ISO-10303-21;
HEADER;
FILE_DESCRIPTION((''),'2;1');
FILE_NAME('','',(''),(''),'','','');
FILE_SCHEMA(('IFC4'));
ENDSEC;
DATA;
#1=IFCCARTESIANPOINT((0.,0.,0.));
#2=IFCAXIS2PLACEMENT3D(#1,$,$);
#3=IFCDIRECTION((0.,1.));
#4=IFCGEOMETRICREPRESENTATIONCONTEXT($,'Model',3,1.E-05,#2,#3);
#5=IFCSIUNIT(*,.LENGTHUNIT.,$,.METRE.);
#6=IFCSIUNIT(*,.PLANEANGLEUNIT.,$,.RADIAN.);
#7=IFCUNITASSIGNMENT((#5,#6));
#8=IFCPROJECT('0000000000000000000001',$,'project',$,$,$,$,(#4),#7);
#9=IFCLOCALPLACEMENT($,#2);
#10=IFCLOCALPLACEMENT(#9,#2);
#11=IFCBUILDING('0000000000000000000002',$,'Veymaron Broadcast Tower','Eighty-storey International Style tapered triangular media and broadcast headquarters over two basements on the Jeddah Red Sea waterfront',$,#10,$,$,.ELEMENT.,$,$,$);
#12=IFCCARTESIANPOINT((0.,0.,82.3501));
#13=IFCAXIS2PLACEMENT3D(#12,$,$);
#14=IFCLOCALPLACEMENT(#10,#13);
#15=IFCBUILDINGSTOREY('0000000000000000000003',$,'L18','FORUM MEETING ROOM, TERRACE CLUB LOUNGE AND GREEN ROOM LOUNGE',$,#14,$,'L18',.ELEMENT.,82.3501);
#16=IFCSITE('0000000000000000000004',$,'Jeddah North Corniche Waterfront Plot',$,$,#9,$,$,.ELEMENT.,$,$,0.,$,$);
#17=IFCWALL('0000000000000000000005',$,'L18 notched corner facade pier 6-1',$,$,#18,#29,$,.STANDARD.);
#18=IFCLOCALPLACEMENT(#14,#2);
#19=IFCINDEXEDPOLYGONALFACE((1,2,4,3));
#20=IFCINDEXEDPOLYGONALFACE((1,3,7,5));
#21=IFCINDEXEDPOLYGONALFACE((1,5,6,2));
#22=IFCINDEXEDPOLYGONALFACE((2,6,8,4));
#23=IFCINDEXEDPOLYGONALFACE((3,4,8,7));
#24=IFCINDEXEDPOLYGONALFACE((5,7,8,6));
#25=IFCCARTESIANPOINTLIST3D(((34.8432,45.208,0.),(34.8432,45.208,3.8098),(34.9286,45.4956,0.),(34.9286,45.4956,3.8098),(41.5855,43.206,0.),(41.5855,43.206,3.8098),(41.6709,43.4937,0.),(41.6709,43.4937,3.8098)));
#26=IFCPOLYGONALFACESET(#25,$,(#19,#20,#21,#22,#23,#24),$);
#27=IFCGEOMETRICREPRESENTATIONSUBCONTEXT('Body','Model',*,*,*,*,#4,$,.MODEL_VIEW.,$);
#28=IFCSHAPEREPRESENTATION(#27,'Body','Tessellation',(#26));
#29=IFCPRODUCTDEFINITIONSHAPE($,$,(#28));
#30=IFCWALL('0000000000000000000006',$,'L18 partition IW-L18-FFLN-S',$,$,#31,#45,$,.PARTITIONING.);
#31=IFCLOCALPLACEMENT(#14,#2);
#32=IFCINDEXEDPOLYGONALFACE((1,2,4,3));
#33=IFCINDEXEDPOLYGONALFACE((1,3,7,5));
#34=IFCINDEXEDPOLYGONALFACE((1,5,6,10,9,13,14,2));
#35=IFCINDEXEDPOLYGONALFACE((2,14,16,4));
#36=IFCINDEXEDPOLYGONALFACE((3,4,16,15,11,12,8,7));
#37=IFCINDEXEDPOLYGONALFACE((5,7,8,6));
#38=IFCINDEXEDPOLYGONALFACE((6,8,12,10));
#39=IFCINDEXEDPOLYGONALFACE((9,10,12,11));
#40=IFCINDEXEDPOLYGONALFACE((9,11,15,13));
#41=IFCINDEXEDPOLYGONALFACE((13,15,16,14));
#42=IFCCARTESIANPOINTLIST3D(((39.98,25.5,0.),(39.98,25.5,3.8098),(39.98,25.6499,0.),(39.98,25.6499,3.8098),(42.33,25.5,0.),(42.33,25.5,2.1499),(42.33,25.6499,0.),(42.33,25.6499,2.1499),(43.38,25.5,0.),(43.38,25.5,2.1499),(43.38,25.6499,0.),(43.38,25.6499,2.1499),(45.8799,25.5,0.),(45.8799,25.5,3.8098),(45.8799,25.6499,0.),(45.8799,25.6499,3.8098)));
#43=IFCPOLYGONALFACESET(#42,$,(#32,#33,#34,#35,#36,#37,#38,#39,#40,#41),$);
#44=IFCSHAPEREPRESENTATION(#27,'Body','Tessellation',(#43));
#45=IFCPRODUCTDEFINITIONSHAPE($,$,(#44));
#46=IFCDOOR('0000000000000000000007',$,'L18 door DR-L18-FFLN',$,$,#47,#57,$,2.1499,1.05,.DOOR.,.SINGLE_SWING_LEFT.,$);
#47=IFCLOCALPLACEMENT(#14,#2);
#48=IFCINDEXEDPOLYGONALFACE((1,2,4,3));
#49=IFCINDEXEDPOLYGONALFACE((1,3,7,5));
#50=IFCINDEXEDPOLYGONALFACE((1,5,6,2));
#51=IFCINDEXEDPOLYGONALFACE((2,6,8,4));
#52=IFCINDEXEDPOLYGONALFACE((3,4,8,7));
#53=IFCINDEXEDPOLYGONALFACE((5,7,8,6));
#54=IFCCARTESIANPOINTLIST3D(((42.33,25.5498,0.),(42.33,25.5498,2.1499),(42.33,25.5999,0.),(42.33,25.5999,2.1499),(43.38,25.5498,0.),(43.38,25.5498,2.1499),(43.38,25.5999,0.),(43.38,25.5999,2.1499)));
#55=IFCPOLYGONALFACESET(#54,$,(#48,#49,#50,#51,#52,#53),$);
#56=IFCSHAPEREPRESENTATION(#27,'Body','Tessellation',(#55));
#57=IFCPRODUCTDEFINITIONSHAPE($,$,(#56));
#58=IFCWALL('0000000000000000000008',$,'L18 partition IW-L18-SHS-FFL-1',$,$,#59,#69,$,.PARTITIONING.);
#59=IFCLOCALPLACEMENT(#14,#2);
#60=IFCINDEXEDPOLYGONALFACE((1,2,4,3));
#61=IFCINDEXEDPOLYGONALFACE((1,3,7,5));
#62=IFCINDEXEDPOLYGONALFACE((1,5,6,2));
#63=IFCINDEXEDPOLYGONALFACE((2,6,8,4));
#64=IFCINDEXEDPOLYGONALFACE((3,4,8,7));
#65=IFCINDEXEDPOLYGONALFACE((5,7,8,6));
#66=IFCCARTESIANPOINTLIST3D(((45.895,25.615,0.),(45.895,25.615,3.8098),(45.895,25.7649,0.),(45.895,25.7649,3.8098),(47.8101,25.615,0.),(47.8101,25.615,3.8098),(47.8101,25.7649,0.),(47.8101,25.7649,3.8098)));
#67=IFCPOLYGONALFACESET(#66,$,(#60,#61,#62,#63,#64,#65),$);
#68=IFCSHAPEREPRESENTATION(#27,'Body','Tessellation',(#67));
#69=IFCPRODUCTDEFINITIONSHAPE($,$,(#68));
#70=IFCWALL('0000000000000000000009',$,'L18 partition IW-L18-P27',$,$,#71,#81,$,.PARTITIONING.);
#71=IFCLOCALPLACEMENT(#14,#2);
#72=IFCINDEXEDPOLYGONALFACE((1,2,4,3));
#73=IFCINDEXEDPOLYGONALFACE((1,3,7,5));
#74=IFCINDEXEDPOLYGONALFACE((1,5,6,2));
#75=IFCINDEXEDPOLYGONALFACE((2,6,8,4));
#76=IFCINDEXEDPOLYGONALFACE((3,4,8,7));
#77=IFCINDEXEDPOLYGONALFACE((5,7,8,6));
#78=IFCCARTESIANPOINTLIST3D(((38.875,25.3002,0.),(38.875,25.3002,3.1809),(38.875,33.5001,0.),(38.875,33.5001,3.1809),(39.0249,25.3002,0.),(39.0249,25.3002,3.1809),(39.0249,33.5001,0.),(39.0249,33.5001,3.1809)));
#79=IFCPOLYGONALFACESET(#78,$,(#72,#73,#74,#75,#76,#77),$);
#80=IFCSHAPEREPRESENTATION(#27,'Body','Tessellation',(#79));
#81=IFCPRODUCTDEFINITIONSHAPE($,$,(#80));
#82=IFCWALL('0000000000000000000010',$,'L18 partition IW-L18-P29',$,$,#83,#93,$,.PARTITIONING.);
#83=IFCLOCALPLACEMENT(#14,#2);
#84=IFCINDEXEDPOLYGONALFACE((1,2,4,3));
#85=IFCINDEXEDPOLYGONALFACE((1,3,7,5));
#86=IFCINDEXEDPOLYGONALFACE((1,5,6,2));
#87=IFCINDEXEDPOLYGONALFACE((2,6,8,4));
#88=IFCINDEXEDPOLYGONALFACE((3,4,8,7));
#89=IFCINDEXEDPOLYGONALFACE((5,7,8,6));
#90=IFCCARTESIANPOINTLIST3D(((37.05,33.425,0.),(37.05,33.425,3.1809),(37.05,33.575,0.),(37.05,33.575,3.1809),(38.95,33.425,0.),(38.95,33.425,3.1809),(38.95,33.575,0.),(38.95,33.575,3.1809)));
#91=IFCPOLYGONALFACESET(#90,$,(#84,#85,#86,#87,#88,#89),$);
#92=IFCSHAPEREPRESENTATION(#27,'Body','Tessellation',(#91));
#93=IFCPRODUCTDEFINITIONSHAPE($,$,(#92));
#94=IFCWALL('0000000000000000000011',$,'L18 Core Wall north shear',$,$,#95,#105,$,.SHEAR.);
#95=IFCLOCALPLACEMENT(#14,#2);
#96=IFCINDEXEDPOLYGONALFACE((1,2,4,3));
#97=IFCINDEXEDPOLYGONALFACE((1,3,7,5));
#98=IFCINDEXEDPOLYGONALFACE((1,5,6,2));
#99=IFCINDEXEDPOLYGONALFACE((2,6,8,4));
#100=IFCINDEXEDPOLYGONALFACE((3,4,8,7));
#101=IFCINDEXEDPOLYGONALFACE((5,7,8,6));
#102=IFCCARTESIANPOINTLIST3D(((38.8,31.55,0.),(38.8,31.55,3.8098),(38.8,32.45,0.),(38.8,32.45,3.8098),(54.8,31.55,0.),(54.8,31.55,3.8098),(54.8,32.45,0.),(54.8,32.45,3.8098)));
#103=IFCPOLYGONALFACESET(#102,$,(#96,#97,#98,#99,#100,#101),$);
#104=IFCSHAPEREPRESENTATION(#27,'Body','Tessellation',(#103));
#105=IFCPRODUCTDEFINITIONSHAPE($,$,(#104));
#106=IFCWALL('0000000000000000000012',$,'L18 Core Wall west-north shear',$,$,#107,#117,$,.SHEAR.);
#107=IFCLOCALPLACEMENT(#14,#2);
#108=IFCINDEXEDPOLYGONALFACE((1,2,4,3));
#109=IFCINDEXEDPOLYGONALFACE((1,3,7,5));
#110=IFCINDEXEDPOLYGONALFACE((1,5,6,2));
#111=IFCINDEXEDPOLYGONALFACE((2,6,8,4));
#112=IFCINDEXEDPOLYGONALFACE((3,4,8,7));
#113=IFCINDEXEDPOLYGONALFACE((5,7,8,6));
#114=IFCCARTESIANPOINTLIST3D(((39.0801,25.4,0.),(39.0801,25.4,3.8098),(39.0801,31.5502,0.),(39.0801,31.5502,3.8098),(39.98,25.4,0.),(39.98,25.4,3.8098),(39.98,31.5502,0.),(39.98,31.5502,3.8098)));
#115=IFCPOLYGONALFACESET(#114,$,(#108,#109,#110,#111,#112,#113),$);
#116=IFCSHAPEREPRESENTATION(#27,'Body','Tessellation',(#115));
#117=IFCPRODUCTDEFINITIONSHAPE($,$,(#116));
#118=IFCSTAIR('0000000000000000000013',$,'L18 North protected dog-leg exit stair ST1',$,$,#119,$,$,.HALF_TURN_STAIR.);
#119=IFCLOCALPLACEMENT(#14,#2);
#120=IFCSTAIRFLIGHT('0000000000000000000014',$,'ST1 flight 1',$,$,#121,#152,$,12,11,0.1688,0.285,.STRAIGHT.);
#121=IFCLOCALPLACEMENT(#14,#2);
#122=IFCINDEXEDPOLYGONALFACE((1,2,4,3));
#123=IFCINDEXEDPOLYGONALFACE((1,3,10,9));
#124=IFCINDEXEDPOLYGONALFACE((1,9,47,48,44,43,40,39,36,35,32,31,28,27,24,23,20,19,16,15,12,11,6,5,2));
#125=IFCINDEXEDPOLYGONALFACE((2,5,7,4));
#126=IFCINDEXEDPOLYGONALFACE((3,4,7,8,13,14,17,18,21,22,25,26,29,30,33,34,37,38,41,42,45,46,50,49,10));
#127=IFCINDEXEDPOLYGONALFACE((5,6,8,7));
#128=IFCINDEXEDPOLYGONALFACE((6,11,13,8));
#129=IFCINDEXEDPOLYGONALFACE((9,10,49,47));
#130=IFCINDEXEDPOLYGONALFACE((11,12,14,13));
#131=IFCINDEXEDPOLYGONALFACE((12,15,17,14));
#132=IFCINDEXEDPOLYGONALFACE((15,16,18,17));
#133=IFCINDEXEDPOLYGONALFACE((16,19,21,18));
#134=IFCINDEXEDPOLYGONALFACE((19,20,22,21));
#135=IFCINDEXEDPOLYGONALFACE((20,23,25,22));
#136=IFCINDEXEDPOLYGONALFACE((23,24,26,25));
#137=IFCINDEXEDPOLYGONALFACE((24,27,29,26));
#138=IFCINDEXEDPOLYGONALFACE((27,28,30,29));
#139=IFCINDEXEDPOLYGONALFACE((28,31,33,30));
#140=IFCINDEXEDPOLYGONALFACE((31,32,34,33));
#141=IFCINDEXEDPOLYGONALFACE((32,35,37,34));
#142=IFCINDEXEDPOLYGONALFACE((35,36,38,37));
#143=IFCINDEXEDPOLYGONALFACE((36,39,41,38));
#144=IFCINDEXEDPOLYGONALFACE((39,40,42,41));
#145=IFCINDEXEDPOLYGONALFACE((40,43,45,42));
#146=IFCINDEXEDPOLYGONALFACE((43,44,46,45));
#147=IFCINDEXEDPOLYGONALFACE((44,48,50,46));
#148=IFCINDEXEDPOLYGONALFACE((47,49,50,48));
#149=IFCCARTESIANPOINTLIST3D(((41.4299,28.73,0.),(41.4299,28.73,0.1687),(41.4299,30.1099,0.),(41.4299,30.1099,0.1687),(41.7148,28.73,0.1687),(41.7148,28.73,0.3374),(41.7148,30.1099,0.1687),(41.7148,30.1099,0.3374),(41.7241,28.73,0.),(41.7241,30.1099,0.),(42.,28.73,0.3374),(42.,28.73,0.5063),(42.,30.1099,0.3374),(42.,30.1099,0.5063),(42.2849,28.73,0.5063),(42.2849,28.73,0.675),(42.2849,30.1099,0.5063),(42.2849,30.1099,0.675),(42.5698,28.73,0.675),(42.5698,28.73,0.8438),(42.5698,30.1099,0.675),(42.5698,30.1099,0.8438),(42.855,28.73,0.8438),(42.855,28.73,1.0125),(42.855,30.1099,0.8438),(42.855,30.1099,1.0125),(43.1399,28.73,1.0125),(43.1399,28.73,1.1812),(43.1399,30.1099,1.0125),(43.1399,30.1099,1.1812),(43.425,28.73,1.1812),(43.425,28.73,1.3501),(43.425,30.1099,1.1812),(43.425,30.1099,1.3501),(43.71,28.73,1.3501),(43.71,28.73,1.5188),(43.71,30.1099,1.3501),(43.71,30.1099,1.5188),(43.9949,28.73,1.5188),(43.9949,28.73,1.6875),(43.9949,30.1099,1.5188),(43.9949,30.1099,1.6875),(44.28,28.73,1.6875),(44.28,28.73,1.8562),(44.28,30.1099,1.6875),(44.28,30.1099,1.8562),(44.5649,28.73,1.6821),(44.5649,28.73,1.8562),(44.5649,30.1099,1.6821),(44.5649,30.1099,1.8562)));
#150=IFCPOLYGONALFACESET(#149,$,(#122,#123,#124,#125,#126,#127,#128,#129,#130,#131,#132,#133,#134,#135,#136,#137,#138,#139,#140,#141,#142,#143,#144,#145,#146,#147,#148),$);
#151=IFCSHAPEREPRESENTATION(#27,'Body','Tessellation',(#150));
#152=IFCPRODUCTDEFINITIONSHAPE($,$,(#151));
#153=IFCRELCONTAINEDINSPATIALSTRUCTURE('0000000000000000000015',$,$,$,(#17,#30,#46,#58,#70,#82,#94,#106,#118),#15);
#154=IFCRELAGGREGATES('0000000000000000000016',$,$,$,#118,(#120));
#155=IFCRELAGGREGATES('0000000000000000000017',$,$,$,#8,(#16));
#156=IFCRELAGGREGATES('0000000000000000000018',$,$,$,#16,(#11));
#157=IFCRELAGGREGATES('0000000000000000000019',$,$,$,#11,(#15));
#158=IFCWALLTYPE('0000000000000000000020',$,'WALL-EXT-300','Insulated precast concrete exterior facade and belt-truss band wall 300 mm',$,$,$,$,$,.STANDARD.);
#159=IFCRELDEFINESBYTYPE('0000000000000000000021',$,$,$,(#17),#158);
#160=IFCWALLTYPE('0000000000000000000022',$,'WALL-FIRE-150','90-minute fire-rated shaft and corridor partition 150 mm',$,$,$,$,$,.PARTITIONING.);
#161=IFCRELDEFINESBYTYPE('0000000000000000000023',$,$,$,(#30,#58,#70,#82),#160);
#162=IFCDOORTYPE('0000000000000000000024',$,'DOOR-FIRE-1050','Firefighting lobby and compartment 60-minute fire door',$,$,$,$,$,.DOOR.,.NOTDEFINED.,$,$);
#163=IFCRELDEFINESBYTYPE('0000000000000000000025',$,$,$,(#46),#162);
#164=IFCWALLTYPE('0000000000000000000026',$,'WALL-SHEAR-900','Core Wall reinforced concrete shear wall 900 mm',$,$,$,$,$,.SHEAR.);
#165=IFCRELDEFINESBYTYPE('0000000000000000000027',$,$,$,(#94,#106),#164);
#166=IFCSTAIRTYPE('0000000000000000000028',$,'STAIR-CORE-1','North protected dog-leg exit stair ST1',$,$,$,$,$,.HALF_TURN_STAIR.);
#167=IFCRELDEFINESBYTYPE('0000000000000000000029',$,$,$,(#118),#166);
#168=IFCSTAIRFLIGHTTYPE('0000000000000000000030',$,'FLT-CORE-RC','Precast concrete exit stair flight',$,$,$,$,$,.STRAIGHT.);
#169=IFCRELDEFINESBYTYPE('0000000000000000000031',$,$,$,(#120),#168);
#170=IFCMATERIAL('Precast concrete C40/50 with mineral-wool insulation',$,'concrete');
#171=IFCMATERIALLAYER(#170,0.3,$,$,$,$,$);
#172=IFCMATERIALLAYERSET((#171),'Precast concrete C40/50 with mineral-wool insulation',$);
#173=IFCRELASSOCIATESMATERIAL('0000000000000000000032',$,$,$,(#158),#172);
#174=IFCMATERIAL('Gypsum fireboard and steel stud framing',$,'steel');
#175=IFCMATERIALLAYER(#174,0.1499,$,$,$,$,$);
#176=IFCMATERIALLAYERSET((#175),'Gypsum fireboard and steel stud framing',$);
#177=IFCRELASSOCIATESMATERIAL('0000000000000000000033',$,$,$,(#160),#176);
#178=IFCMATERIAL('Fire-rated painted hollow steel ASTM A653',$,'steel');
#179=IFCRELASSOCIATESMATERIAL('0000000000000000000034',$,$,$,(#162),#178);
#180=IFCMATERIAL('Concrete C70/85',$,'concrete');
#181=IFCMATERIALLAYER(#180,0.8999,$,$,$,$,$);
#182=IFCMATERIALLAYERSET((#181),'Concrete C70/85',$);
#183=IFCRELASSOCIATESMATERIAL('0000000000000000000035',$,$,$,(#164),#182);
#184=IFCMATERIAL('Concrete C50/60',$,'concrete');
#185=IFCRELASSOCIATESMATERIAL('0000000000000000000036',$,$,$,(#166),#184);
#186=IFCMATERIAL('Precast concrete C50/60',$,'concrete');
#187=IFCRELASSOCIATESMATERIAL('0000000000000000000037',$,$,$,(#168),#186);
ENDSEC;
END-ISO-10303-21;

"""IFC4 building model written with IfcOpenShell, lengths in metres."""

from ifc_helpers import new_model, si_unit, direction, frame, frame_2d, origin, place, context, subcontext, project, spatial, polyline, rectangle, outline, extrude, material, layer, layer_set, type_object, element, fill, aggregate, save


model = new_model("IFC4")

# Units and contexts
model_context = context("Model", 3, precision=1e-05, world=origin(), true_north=direction((0.0, 1.0)))
body_context = subcontext(model_context, "Body", "Model", "MODEL_VIEW")
ifc_project = project(units=[si_unit("LENGTHUNIT", "METRE"), si_unit("PLANEANGLEUNIT", "RADIAN")], contexts=[model_context])

# Site, building, storey
site_placement = place(None, origin())
site = spatial("IfcSite", under=ifc_project, at=site_placement, Name="Jeddah North Corniche Waterfront Plot", CompositionType="ELEMENT", RefElevation=0.0)
building_placement = place(site_placement, origin())
building = spatial("IfcBuilding", under=site, at=building_placement, Name="Veymaron Broadcast Tower", Description="Eighty-storey International Style tapered triangular media and broadcast headquarters over two basements on the Jeddah Red Sea waterfront", CompositionType="ELEMENT")
storey_placement = place(building_placement, frame((0.0, 0.0, 82.3501)))
storey = spatial("IfcBuildingStorey", under=building, at=storey_placement, Name="L18", Description="FORUM MEETING ROOM, TERRACE CLUB LOUNGE AND GREEN ROOM LOUNGE", LongName="L18", CompositionType="ELEMENT", Elevation=82.3501)

# Wall
ifc_material_1 = material(Name="Precast concrete C40/50 with mineral-wool insulation", Category="concrete")
ifc_layer_1 = layer(ifc_material_1, 0.3)
ifc_layer_set_1 = layer_set([ifc_layer_1], Name="Precast concrete C40/50 with mineral-wool insulation")
wall_type_1 = type_object("IfcWallType", Name="WALL-EXT-300", Description="Insulated precast concrete exterior facade and belt-truss band wall 300 mm", PredefinedType="STANDARD", material=ifc_layer_set_1)
wall_1_placement = place(storey_placement, frame((41.6282, 43.3499, 0.0), z_axis=(0.0, 0.0, 1.0), x_axis=(-0.958633, 0.284646, 0.0)))
element("IfcWall", 1, at=wall_1_placement, inside=storey, type_object=wall_type_1, Name="L18 notched corner facade pier 6-1", PredefinedType="STANDARD", context=body_context, shape_type="SweptSolid", body=[
    extrude(rectangle(XDim=7.0332, YDim=0.3, at=frame_2d((3.5166, 0.0))), origin(), (0.0, 0.0, 1.0), 3.8098),
])

# Wall, opening, door
ifc_material_2 = material(Name="Gypsum fireboard and steel stud framing", Category="steel")
ifc_layer_2 = layer(ifc_material_2, 0.1499)
ifc_layer_set_2 = layer_set([ifc_layer_2], Name="Gypsum fireboard and steel stud framing")
wall_type_2 = type_object("IfcWallType", Name="WALL-FIRE-150", Description="90-minute fire-rated shaft and corridor partition 150 mm", PredefinedType="PARTITIONING", material=ifc_layer_set_2)
wall_2_placement = place(storey_placement, frame((39.98, 25.575, 0.0), z_axis=(0.0, 0.0, 1.0), x_axis=(1.0, 0.0, 0.0)))
wall_2 = element("IfcWall", 2, at=wall_2_placement, inside=storey, type_object=wall_type_2, Name="L18 partition IW-L18-FFLN-S", PredefinedType="PARTITIONING", context=body_context, shape_type="SweptSolid", body=[
    extrude(rectangle(XDim=5.8999, YDim=0.1499, at=frame_2d((2.95, 0.0))), origin(), (0.0, 0.0, 1.0), 3.8098),
])
opening_1_placement = place(wall_2_placement, frame((2.3501, 0.0, 0.0)))
opening_1 = element("IfcOpeningElement", 3, at=opening_1_placement, cuts=wall_2, PredefinedType="OPENING", context=body_context, shape_type="SweptSolid", body=[
    extrude(rectangle(XDim=1.05, YDim=2.1499, at=frame_2d((0.5249, 1.075))), frame((0.0, 0.085, 0.0), z_axis=(0.0, -1.0, 0.0), x_axis=(1.0, 0.0, 0.0)), (0.0, 0.0, 1.0), 0.1699),
])
ifc_material_3 = material(Name="Fire-rated painted hollow steel ASTM A653", Category="steel")
door_type_1 = type_object("IfcDoorType", Name="DOOR-FIRE-1050", Description="Firefighting lobby and compartment 60-minute fire door", OperationType="NOTDEFINED", PredefinedType="DOOR", material=ifc_material_3)
door_1_placement = place(opening_1_placement, origin())
door_1 = element("IfcDoor", 4, at=door_1_placement, inside=storey, type_object=door_type_1, Name="L18 door DR-L18-FFLN", OperationType="SINGLE_SWING_LEFT", OverallHeight=2.1499, OverallWidth=1.05, PredefinedType="DOOR", context=body_context, shape_type="SweptSolid", body=[
    extrude(rectangle(XDim=1.05, YDim=2.1499, at=frame_2d((0.5249, 1.075))), frame((0.0, 0.0249, 0.0), z_axis=(0.0, -1.0, 0.0), x_axis=(1.0, 0.0, 0.0)), (0.0, 0.0, 1.0), 0.05),
])
fill(opening_1, door_1)

# Wall
wall_3_placement = place(storey_placement, frame((45.895, 25.6899, 0.0), z_axis=(0.0, 0.0, 1.0), x_axis=(1.0, 0.0, 0.0)))
element("IfcWall", 5, at=wall_3_placement, inside=storey, type_object=wall_type_2, Name="L18 partition IW-L18-SHS-FFL-1", PredefinedType="PARTITIONING", context=body_context, shape_type="SweptSolid", body=[
    extrude(rectangle(XDim=1.915, YDim=0.1499, at=frame_2d((0.9575, 0.0))), origin(), (0.0, 0.0, 1.0), 3.8098),
])

# Walls
wall_4_placement = place(storey_placement, frame((38.95, 25.3, 0.0), z_axis=(0.0, 0.0, 1.0), x_axis=(0.0, 1.0, 0.0)))
element("IfcWall", 6, at=wall_4_placement, inside=storey, type_object=wall_type_2, Name="L18 partition IW-L18-P27", PredefinedType="PARTITIONING", context=body_context, shape_type="SweptSolid", body=[
    extrude(rectangle(XDim=8.2, YDim=0.1499, at=frame_2d((4.1001, 0.0))), origin(), (0.0, 0.0, 1.0), 3.1809),
])
wall_5_placement = place(storey_placement, frame((37.05, 33.5, 0.0), z_axis=(0.0, 0.0, 1.0), x_axis=(1.0, 0.0, 0.0)))
element("IfcWall", 7, at=wall_5_placement, inside=storey, type_object=wall_type_2, Name="L18 partition IW-L18-P29", PredefinedType="PARTITIONING", context=body_context, shape_type="SweptSolid", body=[
    extrude(rectangle(XDim=1.8999, YDim=0.1499, at=frame_2d((0.95, 0.0))), origin(), (0.0, 0.0, 1.0), 3.1809),
])

# Shared definitions
ifc_material_4 = material(Name="Concrete C50/60", Category="concrete")

# Walls
ifc_material_5 = material(Name="Concrete C70/85", Category="concrete")
ifc_layer_3 = layer(ifc_material_5, 0.8999)
ifc_layer_set_3 = layer_set([ifc_layer_3], Name="Concrete C70/85")
wall_type_3 = type_object("IfcWallType", Name="WALL-SHEAR-900", Description="Core Wall reinforced concrete shear wall 900 mm", PredefinedType="SHEAR", material=ifc_layer_set_3)
wall_6_placement = place(storey_placement, frame((38.8, 32.0, 0.0), z_axis=(0.0, 0.0, 1.0), x_axis=(1.0, 0.0, 0.0)))
element("IfcWall", 8, at=wall_6_placement, inside=storey, type_object=wall_type_3, Name="L18 Core Wall north shear", PredefinedType="SHEAR", context=body_context, shape_type="SweptSolid", body=[
    extrude(rectangle(XDim=16.0, YDim=0.8999, at=frame_2d((8.0, 0.0))), origin(), (0.0, 0.0, 1.0), 3.8098),
])
wall_7_placement = place(storey_placement, frame((39.53, 25.3999, 0.0), z_axis=(0.0, 0.0, 1.0), x_axis=(0.0, 1.0, 0.0)))
element("IfcWall", 9, at=wall_7_placement, inside=storey, type_object=wall_type_3, Name="L18 Core Wall west-north shear", PredefinedType="SHEAR", context=body_context, shape_type="SweptSolid", body=[
    extrude(rectangle(XDim=6.1501, YDim=0.8999, at=frame_2d((3.0752, 0.0))), origin(), (0.0, 0.0, 1.0), 3.8098),
])

# Stair, stair flight
stair_type = type_object("IfcStairType", Name="STAIR-CORE-1", Description="North protected dog-leg exit stair ST1", PredefinedType="HALF_TURN_STAIR", material=ifc_material_4)
stair_placement = place(storey_placement, origin())
stair = element("IfcStair", 10, at=stair_placement, inside=storey, type_object=stair_type, Name="L18 North protected dog-leg exit stair ST1", PredefinedType="HALF_TURN_STAIR")
ifc_material_6 = material(Name="Precast concrete C50/60", Category="concrete")
stair_flight_type = type_object("IfcStairFlightType", Name="FLT-CORE-RC", Description="Precast concrete exit stair flight", PredefinedType="STRAIGHT", material=ifc_material_6)
stair_flight_1_placement = place(storey_placement, frame((41.4299, 29.4199, 0.0), z_axis=(0.0, 0.0, 1.0), x_axis=(1.0, 0.0, 0.0)))
stair_flight_1 = element("IfcStairFlight", 11, at=stair_flight_1_placement, type_object=stair_flight_type, Name="ST1 flight 1", NumberOfRisers=12, NumberOfTreads=11, PredefinedType="STRAIGHT", RiserHeight=0.1688, TreadLength=0.285, context=body_context, shape_type="SweptSolid", body=[
    extrude(outline(polyline([(0.0, 0.0), (0.0, 0.1687), (0.2849, 0.1687), (0.2849, 0.3374), (0.5701, 0.3374), (0.5701, 0.5063), (0.855, 0.5063), (0.855, 0.675), (1.1399, 0.675), (1.1399, 0.8438), (1.425, 0.8438), (1.425, 1.0125), (1.71, 1.0125), (1.71, 1.1812), (1.9951, 1.1812), (1.9951, 1.3501), (2.28, 1.3501), (2.28, 1.5188), (2.5649, 1.5188), (2.5649, 1.6875), (2.8501, 1.6875), (2.8501, 1.8562), (3.135, 1.8562), (3.135, 2.0249), (3.135, 1.6821), (0.2942, 0.0), (0.0, 0.0)])), frame((0.0, 0.6899, 0.0), z_axis=(0.0, -1.0, 0.0), x_axis=(1.0, 0.0, 0.0)), (0.0, 0.0, 1.0), 1.3799),
])
aggregate(stair, [stair_flight_1])

save(model, "model.ifc")
